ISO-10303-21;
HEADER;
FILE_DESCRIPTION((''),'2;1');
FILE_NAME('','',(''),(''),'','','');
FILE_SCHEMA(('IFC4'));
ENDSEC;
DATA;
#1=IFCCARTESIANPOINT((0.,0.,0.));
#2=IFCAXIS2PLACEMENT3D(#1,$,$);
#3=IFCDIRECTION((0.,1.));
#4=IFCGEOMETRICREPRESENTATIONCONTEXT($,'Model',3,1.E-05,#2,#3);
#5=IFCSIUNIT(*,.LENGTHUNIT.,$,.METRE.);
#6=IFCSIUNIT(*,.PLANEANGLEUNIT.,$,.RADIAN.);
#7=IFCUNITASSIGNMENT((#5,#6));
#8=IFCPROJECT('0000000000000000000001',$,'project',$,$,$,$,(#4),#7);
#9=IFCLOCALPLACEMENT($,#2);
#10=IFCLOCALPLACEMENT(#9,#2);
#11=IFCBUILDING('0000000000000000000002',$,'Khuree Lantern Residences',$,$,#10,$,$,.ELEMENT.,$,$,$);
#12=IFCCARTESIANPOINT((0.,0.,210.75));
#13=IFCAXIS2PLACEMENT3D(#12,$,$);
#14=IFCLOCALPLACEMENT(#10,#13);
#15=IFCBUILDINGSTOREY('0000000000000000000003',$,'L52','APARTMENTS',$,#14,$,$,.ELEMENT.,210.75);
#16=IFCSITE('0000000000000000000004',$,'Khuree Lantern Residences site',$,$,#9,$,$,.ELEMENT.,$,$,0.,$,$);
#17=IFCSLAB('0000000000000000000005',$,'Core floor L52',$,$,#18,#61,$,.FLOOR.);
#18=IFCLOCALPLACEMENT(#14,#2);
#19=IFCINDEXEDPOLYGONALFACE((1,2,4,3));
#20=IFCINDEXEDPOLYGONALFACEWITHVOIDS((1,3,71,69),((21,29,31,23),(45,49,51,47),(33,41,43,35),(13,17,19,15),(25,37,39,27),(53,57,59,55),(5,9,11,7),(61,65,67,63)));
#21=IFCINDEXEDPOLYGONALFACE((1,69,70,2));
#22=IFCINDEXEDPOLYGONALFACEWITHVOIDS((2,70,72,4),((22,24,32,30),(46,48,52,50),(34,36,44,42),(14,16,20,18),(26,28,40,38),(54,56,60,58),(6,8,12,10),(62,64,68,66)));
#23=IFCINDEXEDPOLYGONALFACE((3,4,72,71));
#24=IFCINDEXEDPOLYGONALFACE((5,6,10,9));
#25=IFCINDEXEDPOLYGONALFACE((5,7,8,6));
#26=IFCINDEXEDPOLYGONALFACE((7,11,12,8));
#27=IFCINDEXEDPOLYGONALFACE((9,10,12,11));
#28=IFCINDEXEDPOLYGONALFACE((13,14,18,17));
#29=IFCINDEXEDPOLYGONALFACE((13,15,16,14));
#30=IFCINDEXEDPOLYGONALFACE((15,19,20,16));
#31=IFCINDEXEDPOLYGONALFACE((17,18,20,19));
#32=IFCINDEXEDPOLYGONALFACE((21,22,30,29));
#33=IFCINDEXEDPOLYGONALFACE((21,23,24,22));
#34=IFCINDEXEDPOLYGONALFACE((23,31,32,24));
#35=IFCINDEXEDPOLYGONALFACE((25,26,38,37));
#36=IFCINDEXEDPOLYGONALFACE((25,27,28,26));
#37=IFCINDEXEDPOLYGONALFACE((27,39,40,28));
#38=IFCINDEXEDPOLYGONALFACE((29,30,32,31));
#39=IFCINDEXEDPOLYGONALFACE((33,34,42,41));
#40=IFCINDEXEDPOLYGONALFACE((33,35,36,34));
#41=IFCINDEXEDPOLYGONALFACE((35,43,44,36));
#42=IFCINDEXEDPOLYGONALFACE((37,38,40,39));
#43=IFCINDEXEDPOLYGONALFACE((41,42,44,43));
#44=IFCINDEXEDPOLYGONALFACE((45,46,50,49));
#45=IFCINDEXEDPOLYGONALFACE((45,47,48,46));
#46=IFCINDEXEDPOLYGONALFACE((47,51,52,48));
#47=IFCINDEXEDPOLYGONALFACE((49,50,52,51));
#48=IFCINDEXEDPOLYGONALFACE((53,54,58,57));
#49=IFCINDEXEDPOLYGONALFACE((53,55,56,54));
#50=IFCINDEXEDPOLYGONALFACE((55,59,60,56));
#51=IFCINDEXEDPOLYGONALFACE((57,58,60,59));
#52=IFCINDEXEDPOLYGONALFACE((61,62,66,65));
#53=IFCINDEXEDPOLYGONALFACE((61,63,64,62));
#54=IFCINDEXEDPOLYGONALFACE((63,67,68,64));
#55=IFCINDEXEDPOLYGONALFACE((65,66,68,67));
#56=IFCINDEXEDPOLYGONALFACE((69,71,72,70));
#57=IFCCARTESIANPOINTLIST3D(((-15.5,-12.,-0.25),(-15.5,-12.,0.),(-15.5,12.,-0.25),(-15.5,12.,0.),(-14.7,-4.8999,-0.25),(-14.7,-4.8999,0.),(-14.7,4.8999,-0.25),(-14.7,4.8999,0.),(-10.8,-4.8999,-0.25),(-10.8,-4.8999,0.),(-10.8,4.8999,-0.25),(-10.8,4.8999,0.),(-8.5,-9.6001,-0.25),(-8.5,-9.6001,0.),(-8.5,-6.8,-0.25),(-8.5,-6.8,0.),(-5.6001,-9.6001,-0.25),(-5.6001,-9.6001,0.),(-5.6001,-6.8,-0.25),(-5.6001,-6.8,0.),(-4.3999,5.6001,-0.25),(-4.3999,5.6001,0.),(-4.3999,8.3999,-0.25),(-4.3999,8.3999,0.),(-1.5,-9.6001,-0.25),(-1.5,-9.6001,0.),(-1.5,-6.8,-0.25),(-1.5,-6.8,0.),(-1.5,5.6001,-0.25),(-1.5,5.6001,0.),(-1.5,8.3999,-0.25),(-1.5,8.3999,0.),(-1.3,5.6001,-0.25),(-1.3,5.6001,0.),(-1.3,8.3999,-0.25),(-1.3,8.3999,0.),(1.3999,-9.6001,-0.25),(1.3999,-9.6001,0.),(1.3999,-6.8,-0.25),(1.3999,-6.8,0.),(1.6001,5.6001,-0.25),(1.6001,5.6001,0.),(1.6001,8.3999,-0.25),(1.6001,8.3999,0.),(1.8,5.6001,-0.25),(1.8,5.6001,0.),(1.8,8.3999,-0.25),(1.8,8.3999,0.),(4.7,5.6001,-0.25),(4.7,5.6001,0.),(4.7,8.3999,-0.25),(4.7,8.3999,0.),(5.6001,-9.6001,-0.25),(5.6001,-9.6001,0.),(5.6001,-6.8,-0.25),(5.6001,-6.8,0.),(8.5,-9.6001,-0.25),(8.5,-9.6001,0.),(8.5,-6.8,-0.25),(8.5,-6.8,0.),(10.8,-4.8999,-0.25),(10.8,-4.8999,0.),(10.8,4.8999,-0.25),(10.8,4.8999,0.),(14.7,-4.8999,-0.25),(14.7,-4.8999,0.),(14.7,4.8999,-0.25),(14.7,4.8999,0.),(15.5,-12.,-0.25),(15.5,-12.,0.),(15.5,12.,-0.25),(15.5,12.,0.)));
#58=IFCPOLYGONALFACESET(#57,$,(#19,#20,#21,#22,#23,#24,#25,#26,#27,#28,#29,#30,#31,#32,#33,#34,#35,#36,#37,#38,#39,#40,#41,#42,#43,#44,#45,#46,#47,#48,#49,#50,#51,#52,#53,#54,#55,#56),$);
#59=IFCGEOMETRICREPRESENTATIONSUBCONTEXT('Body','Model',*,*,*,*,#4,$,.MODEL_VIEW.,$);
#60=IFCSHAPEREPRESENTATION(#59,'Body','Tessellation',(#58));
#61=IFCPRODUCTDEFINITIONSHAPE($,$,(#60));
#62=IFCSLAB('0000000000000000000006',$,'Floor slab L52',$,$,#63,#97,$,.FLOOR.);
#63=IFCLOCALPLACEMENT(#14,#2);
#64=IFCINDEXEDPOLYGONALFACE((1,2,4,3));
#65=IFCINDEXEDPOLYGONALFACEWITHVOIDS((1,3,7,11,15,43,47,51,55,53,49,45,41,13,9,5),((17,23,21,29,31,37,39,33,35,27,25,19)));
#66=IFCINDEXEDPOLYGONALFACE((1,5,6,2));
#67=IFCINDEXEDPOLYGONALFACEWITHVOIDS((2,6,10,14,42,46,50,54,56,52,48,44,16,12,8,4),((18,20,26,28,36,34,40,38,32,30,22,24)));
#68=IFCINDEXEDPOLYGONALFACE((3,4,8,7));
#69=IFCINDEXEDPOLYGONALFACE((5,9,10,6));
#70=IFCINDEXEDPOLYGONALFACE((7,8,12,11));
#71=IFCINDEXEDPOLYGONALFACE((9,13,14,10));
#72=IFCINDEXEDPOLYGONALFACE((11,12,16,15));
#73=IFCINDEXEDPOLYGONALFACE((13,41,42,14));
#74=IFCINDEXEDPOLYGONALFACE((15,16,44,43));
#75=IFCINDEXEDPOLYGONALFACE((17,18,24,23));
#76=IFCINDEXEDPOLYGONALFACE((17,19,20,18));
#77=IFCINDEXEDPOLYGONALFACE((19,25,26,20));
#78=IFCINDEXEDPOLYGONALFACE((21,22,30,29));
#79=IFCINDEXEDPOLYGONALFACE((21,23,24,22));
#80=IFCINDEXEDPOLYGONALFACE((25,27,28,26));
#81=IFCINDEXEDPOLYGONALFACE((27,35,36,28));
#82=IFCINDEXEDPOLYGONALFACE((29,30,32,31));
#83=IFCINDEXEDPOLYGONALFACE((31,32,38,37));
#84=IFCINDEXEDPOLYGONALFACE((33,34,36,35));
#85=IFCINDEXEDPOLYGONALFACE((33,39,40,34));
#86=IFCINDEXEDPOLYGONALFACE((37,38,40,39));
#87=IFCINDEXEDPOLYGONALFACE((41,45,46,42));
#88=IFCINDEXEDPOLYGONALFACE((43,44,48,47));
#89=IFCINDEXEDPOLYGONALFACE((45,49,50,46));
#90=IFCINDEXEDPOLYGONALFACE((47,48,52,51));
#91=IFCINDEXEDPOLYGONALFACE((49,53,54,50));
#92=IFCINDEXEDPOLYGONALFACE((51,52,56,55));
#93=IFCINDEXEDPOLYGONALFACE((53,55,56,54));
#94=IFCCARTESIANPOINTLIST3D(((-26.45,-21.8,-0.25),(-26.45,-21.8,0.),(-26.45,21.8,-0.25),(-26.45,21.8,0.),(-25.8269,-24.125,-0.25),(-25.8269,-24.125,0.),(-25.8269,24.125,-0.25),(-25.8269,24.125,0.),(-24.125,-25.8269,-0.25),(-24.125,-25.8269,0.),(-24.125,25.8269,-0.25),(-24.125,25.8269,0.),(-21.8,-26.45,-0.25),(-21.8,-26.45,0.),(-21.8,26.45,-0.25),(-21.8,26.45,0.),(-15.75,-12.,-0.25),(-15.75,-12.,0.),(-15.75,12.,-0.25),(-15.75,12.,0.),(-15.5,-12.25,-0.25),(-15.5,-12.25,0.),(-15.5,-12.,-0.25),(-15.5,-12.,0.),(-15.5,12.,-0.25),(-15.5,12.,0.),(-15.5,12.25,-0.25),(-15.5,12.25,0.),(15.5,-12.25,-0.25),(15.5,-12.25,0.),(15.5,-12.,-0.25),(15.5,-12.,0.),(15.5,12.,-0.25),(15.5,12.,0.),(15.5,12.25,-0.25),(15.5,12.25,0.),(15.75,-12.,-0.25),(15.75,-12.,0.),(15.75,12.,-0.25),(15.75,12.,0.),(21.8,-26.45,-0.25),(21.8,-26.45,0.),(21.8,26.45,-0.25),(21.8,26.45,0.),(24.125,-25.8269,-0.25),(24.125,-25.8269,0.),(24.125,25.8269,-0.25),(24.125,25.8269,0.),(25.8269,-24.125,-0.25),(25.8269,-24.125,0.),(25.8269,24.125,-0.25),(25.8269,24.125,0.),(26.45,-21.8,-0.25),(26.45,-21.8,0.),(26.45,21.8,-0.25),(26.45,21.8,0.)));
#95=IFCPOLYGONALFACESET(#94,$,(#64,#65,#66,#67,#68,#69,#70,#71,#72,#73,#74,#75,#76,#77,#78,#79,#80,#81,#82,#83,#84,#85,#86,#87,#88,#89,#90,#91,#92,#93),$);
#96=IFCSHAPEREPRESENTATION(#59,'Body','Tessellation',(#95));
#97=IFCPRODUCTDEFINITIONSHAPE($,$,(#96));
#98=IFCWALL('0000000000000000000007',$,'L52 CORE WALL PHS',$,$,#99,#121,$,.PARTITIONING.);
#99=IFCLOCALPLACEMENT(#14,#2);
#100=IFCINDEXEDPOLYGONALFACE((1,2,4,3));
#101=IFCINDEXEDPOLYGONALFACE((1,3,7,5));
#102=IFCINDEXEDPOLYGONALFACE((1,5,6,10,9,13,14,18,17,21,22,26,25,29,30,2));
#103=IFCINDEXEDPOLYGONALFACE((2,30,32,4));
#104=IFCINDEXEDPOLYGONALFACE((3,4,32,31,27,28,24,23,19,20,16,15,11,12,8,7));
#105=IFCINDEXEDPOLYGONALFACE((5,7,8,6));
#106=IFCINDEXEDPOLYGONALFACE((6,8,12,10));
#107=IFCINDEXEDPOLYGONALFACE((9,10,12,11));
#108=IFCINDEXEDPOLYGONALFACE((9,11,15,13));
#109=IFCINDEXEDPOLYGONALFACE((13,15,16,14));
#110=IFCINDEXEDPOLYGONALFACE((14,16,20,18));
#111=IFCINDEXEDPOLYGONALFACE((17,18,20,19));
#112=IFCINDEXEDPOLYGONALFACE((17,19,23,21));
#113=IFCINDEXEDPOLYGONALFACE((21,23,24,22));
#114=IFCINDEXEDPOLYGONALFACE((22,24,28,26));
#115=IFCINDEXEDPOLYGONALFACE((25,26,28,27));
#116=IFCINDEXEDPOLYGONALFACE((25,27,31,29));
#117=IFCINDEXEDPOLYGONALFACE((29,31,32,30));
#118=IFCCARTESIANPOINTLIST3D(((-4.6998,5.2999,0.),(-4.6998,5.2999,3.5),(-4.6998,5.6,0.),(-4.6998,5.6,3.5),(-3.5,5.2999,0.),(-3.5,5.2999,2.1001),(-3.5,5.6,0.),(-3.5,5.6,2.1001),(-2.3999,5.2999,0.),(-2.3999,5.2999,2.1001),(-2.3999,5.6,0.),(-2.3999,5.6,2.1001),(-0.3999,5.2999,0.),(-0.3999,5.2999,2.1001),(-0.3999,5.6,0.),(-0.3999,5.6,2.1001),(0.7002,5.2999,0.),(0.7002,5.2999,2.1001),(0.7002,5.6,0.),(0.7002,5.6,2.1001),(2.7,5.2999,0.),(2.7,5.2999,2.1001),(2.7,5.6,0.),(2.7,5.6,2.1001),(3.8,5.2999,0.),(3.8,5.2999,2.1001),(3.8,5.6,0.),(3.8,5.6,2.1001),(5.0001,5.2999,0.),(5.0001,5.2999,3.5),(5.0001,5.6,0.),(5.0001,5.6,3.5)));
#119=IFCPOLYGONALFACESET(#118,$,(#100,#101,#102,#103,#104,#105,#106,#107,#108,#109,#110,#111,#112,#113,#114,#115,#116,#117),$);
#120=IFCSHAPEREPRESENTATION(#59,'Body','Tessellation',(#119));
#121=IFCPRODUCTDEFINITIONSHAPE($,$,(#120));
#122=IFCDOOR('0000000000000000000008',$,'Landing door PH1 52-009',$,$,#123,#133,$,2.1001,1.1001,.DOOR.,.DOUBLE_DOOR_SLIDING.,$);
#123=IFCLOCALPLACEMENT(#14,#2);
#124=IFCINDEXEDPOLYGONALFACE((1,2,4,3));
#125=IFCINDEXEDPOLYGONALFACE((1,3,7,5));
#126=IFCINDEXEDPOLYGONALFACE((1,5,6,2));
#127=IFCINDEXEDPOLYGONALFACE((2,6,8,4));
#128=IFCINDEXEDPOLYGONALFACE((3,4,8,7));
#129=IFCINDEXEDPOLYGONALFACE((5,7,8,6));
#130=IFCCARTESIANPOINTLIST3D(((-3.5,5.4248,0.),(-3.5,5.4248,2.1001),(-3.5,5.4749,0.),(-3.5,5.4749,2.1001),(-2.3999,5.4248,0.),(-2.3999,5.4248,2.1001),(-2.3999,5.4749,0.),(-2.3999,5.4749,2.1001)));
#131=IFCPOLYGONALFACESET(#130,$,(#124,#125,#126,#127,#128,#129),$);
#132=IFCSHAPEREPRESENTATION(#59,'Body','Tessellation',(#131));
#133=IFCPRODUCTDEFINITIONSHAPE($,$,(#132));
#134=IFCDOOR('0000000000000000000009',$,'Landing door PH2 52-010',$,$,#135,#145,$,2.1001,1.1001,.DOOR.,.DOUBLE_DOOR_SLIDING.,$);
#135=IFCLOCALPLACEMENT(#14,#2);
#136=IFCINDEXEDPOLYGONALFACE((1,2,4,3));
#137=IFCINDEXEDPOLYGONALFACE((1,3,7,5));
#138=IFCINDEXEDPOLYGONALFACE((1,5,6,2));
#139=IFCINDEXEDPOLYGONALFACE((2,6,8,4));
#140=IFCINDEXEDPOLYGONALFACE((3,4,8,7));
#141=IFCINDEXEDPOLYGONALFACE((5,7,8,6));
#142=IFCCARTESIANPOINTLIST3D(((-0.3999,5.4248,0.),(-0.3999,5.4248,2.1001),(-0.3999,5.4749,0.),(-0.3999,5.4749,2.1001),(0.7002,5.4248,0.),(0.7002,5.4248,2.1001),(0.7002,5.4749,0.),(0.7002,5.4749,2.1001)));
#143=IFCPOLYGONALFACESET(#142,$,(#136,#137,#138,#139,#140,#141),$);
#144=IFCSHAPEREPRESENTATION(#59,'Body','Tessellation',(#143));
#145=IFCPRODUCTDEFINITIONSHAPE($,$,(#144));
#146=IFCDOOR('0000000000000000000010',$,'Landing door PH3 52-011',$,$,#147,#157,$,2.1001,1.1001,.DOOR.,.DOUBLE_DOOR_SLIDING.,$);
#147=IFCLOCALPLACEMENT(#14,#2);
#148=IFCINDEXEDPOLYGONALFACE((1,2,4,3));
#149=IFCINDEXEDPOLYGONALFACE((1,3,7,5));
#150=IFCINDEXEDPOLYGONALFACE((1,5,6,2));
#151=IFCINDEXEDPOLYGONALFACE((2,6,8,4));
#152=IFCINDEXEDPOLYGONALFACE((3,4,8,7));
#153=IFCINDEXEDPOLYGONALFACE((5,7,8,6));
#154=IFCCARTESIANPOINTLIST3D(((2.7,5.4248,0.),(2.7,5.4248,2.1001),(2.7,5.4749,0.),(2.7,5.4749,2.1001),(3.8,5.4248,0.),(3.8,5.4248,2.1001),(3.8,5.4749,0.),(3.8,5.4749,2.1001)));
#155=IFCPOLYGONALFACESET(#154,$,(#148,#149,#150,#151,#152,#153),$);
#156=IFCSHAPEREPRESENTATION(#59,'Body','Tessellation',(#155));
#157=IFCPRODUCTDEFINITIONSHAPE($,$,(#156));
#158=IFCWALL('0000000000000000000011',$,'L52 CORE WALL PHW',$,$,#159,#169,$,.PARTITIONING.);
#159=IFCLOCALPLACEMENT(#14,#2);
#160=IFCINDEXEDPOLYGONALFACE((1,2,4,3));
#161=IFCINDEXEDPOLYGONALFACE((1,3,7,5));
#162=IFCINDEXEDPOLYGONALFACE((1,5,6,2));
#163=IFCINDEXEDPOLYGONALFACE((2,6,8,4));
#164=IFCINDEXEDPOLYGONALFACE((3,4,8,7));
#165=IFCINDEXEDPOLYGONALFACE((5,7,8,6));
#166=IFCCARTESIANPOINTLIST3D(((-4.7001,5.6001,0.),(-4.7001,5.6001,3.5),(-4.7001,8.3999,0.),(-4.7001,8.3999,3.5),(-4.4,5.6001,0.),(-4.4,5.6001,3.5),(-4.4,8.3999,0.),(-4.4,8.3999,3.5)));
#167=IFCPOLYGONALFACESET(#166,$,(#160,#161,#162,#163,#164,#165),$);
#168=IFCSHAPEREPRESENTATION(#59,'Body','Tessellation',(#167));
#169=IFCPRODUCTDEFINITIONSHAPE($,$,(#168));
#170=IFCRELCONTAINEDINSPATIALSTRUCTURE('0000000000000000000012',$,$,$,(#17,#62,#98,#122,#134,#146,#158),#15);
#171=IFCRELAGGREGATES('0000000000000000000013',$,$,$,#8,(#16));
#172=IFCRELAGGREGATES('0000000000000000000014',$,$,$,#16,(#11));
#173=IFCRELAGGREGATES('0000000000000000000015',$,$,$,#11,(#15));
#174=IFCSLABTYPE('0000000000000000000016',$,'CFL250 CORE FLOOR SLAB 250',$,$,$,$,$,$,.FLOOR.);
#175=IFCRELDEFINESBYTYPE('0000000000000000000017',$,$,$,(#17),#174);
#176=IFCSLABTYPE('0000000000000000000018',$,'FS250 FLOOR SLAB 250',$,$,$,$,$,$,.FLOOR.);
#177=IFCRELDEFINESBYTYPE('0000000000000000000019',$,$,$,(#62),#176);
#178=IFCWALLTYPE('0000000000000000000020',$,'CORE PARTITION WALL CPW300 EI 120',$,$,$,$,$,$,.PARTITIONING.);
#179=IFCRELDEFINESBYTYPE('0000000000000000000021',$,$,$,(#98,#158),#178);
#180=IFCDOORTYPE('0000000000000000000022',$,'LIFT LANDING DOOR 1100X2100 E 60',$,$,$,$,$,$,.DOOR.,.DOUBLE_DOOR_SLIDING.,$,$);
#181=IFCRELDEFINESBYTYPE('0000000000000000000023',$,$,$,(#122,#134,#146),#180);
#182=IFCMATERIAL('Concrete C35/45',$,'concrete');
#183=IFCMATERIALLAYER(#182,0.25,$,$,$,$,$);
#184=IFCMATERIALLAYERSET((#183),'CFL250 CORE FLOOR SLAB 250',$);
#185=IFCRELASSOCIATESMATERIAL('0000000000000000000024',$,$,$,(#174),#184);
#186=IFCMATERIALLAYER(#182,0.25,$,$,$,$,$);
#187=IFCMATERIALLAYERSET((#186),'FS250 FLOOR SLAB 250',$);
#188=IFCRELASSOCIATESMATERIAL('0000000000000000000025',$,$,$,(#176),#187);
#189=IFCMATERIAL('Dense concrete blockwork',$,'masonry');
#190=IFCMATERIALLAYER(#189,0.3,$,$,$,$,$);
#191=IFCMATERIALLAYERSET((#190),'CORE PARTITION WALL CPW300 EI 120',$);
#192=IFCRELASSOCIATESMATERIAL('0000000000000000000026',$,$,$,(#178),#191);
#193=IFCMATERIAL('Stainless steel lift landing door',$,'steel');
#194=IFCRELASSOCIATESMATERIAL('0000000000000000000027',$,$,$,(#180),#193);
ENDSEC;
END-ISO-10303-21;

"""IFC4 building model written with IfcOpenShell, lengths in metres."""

from ifc_helpers import new_model, si_unit, direction, frame, frame_2d, origin, place, context, subcontext, project, spatial, polyline, rectangle, outline, extrude, material, layer, layer_set, type_object, element, fill, save


model = new_model("IFC4")

# Units and contexts
model_context = context("Model", 3, precision=1e-05, world=origin(), true_north=direction((0.0, 1.0)))
body_context = subcontext(model_context, "Body", "Model", "MODEL_VIEW")
ifc_project = project(units=[si_unit("LENGTHUNIT", "METRE"), si_unit("PLANEANGLEUNIT", "RADIAN")], contexts=[model_context])

# Site, building, storey
site_placement = place(None, origin())
site = spatial("IfcSite", under=ifc_project, at=site_placement, Name="Khuree Lantern Residences site", CompositionType="ELEMENT", RefElevation=0.0)
building_placement = place(site_placement, origin())
building = spatial("IfcBuilding", under=site, at=building_placement, Name="Khuree Lantern Residences", CompositionType="ELEMENT")
storey_placement = place(building_placement, frame((0.0, 0.0, 210.75)))
storey = spatial("IfcBuildingStorey", under=building, at=storey_placement, Name="L52", Description="APARTMENTS", CompositionType="ELEMENT", Elevation=210.75)

# Slabs
ifc_material_1 = material(Name="Concrete C35/45", Category="concrete")
ifc_layer_1 = layer(ifc_material_1, 0.25)
ifc_layer_set_1 = layer_set([ifc_layer_1], Name="CFL250 CORE FLOOR SLAB 250")
slab_type_1 = type_object("IfcSlabType", Name="CFL250 CORE FLOOR SLAB 250", PredefinedType="FLOOR", material=ifc_layer_set_1)
slab_1_placement = place(storey_placement, frame((0.0, 0.0, -0.25)))
element("IfcSlab", 1, at=slab_1_placement, inside=storey, type_object=slab_type_1, Name="Core floor L52", PredefinedType="FLOOR", context=body_context, shape_type="SweptSolid", body=[
    extrude(outline(polyline([(-15.5, -12.0), (-15.5, 12.0), (15.5, 12.0), (15.5, -12.0), (-15.5, -12.0)]), holes=[polyline([(10.8, 4.8999), (10.8, -4.8999), (14.7, -4.8999), (14.7, 4.8999), (10.8, 4.8999)]), polyline([(5.6001, -6.8), (5.6001, -9.6001), (8.5, -9.6001), (8.5, -6.8), (5.6001, -6.8)]), polyline([(1.8, 8.3999), (1.8, 5.6001), (4.7, 5.6001), (4.7, 8.3999), (1.8, 8.3999)]), polyline([(-1.3, 8.3999), (-1.3, 5.6001), (1.6001, 5.6001), (1.6001, 8.3999), (-1.3, 8.3999)]), polyline([(-1.5, -6.8), (-1.5, -9.6001), (1.3999, -9.6001), (1.3999, -6.8), (-1.5, -6.8)]), polyline([(-4.3999, 8.3999), (-4.3999, 5.6001), (-1.5, 5.6001), (-1.5, 8.3999), (-4.3999, 8.3999)]), polyline([(-8.5, -6.8), (-8.5, -9.6001), (-5.6001, -9.6001), (-5.6001, -6.8), (-8.5, -6.8)]), polyline([(-14.7, 4.8999), (-14.7, -4.8999), (-10.8, -4.8999), (-10.8, 4.8999), (-14.7, 4.8999)])]), origin(), (0.0, 0.0, 1.0), 0.25),
])
ifc_layer_2 = layer(ifc_material_1, 0.25)
ifc_layer_set_2 = layer_set([ifc_layer_2], Name="FS250 FLOOR SLAB 250")
slab_type_2 = type_object("IfcSlabType", Name="FS250 FLOOR SLAB 250", PredefinedType="FLOOR", material=ifc_layer_set_2)
slab_2_placement = place(storey_placement, frame((0.0, 0.0, -0.25)))
element("IfcSlab", 2, at=slab_2_placement, inside=storey, type_object=slab_type_2, Name="Floor slab L52", PredefinedType="FLOOR", context=body_context, shape_type="SweptSolid", body=[
    extrude(outline(polyline([(-24.125, -25.8269), (-25.8269, -24.125), (-26.45, -21.8), (-26.45, 21.8), (-25.8269, 24.125), (-24.125, 25.8269), (-21.8, 26.45), (21.8, 26.45), (24.125, 25.8269), (25.8269, 24.125), (26.45, 21.8), (26.45, -21.8), (25.8269, -24.125), (24.125, -25.8269), (21.8, -26.45), (-21.8, -26.45), (-24.125, -25.8269)]), holes=[polyline([(15.75, 12.0), (15.5, 12.0), (15.5, 12.25), (-15.5, 12.25), (-15.5, 12.0), (-15.75, 12.0), (-15.75, -12.0), (-15.5, -12.0), (-15.5, -12.25), (15.5, -12.25), (15.5, -12.0), (15.75, -12.0), (15.75, 12.0)])]), origin(), (0.0, 0.0, 1.0), 0.25),
])

# Wall, openings, doors
ifc_material_2 = material(Name="Dense concrete blockwork", Category="masonry")
ifc_layer_3 = layer(ifc_material_2, 0.3)
ifc_layer_set_3 = layer_set([ifc_layer_3], Name="CORE PARTITION WALL CPW300 EI 120")
wall_type_1 = type_object("IfcWallType", Name="CORE PARTITION WALL CPW300 EI 120", PredefinedType="PARTITIONING", material=ifc_layer_set_3)
wall_1_placement = place(storey_placement, frame((-4.7, 5.45, 0.0), z_axis=(0.0, 0.0, 1.0), x_axis=(1.0, 0.0, 0.0)))
wall_1 = element("IfcWall", 3, at=wall_1_placement, inside=storey, type_object=wall_type_1, Name="L52 CORE WALL PHS", PredefinedType="PARTITIONING", context=body_context, shape_type="SweptSolid", body=[
    extrude(rectangle(XDim=9.7, YDim=0.3, at=frame_2d((4.8501, 0.0))), origin(), (0.0, 0.0, 1.0), 3.5),
])
opening_1_placement = place(wall_1_placement, frame((1.2, 0.0, 0.0)))
opening_1 = element("IfcOpeningElement", 4, at=opening_1_placement, cuts=wall_1, PredefinedType="OPENING", context=body_context, shape_type="SweptSolid", body=[
    extrude(rectangle(XDim=1.1001, YDim=2.1001, at=frame_2d((0.55, 1.05))), frame((0.0, 0.1602, 0.0), z_axis=(0.0, -1.0, 0.0), x_axis=(1.0, 0.0, 0.0)), (0.0, 0.0, 1.0), 0.3201),
])
opening_2_placement = place(wall_1_placement, frame((4.3, 0.0, 0.0)))
opening_2 = element("IfcOpeningElement", 5, at=opening_2_placement, cuts=wall_1, PredefinedType="OPENING", context=body_context, shape_type="SweptSolid", body=[
    extrude(rectangle(XDim=1.1001, YDim=2.1001, at=frame_2d((0.55, 1.05))), frame((0.0, 0.1602, 0.0), z_axis=(0.0, -1.0, 0.0), x_axis=(1.0, 0.0, 0.0)), (0.0, 0.0, 1.0), 0.3201),
])
opening_3_placement = place(wall_1_placement, frame((7.3999, 0.0, 0.0)))
opening_3 = element("IfcOpeningElement", 6, at=opening_3_placement, cuts=wall_1, PredefinedType="OPENING", context=body_context, shape_type="SweptSolid", body=[
    extrude(rectangle(XDim=1.1001, YDim=2.1001, at=frame_2d((0.55, 1.05))), frame((0.0, 0.1602, 0.0), z_axis=(0.0, -1.0, 0.0), x_axis=(1.0, 0.0, 0.0)), (0.0, 0.0, 1.0), 0.3201),
])
ifc_material_3 = material(Name="Stainless steel lift landing door", Category="steel")
door_type_1 = type_object("IfcDoorType", Name="LIFT LANDING DOOR 1100X2100 E 60", OperationType="DOUBLE_DOOR_SLIDING", PredefinedType="DOOR", material=ifc_material_3)
door_1_placement = place(opening_1_placement, origin())
door_1 = element("IfcDoor", 7, at=door_1_placement, inside=storey, type_object=door_type_1, Name="Landing door PH1 52-009", OperationType="DOUBLE_DOOR_SLIDING", OverallHeight=2.1001, OverallWidth=1.1001, PredefinedType="DOOR", context=body_context, shape_type="SweptSolid", body=[
    extrude(rectangle(XDim=1.1001, YDim=2.1001, at=frame_2d((0.55, 1.05))), frame((0.0, 0.0249, 0.0), z_axis=(0.0, -1.0, 0.0), x_axis=(1.0, 0.0, 0.0)), (0.0, 0.0, 1.0), 0.05),
])
fill(opening_1, door_1)
door_2_placement = place(opening_2_placement, origin())
door_2 = element("IfcDoor", 8, at=door_2_placement, inside=storey, type_object=door_type_1, Name="Landing door PH2 52-010", OperationType="DOUBLE_DOOR_SLIDING", OverallHeight=2.1001, OverallWidth=1.1001, PredefinedType="DOOR", context=body_context, shape_type="SweptSolid", body=[
    extrude(rectangle(XDim=1.1001, YDim=2.1001, at=frame_2d((0.55, 1.05))), frame((0.0, 0.0249, 0.0), z_axis=(0.0, -1.0, 0.0), x_axis=(1.0, 0.0, 0.0)), (0.0, 0.0, 1.0), 0.05),
])
fill(opening_2, door_2)
door_3_placement = place(opening_3_placement, origin())
door_3 = element("IfcDoor", 9, at=door_3_placement, inside=storey, type_object=door_type_1, Name="Landing door PH3 52-011", OperationType="DOUBLE_DOOR_SLIDING", OverallHeight=2.1001, OverallWidth=1.1001, PredefinedType="DOOR", context=body_context, shape_type="SweptSolid", body=[
    extrude(rectangle(XDim=1.1001, YDim=2.1001, at=frame_2d((0.55, 1.05))), frame((0.0, 0.0249, 0.0), z_axis=(0.0, -1.0, 0.0), x_axis=(1.0, 0.0, 0.0)), (0.0, 0.0, 1.0), 0.05),
])
fill(opening_3, door_3)

# Wall
wall_2_placement = place(storey_placement, frame((-4.55, 5.6001, 0.0), z_axis=(0.0, 0.0, 1.0), x_axis=(0.0, 1.0, 0.0)))
element("IfcWall", 10, at=wall_2_placement, inside=storey, type_object=wall_type_1, Name="L52 CORE WALL PHW", PredefinedType="PARTITIONING", context=body_context, shape_type="SweptSolid", body=[
    extrude(rectangle(XDim=2.7998, YDim=0.3, at=frame_2d((1.3999, 0.0))), origin(), (0.0, 0.0, 1.0), 3.5),
])

save(model, "model.ifc")
